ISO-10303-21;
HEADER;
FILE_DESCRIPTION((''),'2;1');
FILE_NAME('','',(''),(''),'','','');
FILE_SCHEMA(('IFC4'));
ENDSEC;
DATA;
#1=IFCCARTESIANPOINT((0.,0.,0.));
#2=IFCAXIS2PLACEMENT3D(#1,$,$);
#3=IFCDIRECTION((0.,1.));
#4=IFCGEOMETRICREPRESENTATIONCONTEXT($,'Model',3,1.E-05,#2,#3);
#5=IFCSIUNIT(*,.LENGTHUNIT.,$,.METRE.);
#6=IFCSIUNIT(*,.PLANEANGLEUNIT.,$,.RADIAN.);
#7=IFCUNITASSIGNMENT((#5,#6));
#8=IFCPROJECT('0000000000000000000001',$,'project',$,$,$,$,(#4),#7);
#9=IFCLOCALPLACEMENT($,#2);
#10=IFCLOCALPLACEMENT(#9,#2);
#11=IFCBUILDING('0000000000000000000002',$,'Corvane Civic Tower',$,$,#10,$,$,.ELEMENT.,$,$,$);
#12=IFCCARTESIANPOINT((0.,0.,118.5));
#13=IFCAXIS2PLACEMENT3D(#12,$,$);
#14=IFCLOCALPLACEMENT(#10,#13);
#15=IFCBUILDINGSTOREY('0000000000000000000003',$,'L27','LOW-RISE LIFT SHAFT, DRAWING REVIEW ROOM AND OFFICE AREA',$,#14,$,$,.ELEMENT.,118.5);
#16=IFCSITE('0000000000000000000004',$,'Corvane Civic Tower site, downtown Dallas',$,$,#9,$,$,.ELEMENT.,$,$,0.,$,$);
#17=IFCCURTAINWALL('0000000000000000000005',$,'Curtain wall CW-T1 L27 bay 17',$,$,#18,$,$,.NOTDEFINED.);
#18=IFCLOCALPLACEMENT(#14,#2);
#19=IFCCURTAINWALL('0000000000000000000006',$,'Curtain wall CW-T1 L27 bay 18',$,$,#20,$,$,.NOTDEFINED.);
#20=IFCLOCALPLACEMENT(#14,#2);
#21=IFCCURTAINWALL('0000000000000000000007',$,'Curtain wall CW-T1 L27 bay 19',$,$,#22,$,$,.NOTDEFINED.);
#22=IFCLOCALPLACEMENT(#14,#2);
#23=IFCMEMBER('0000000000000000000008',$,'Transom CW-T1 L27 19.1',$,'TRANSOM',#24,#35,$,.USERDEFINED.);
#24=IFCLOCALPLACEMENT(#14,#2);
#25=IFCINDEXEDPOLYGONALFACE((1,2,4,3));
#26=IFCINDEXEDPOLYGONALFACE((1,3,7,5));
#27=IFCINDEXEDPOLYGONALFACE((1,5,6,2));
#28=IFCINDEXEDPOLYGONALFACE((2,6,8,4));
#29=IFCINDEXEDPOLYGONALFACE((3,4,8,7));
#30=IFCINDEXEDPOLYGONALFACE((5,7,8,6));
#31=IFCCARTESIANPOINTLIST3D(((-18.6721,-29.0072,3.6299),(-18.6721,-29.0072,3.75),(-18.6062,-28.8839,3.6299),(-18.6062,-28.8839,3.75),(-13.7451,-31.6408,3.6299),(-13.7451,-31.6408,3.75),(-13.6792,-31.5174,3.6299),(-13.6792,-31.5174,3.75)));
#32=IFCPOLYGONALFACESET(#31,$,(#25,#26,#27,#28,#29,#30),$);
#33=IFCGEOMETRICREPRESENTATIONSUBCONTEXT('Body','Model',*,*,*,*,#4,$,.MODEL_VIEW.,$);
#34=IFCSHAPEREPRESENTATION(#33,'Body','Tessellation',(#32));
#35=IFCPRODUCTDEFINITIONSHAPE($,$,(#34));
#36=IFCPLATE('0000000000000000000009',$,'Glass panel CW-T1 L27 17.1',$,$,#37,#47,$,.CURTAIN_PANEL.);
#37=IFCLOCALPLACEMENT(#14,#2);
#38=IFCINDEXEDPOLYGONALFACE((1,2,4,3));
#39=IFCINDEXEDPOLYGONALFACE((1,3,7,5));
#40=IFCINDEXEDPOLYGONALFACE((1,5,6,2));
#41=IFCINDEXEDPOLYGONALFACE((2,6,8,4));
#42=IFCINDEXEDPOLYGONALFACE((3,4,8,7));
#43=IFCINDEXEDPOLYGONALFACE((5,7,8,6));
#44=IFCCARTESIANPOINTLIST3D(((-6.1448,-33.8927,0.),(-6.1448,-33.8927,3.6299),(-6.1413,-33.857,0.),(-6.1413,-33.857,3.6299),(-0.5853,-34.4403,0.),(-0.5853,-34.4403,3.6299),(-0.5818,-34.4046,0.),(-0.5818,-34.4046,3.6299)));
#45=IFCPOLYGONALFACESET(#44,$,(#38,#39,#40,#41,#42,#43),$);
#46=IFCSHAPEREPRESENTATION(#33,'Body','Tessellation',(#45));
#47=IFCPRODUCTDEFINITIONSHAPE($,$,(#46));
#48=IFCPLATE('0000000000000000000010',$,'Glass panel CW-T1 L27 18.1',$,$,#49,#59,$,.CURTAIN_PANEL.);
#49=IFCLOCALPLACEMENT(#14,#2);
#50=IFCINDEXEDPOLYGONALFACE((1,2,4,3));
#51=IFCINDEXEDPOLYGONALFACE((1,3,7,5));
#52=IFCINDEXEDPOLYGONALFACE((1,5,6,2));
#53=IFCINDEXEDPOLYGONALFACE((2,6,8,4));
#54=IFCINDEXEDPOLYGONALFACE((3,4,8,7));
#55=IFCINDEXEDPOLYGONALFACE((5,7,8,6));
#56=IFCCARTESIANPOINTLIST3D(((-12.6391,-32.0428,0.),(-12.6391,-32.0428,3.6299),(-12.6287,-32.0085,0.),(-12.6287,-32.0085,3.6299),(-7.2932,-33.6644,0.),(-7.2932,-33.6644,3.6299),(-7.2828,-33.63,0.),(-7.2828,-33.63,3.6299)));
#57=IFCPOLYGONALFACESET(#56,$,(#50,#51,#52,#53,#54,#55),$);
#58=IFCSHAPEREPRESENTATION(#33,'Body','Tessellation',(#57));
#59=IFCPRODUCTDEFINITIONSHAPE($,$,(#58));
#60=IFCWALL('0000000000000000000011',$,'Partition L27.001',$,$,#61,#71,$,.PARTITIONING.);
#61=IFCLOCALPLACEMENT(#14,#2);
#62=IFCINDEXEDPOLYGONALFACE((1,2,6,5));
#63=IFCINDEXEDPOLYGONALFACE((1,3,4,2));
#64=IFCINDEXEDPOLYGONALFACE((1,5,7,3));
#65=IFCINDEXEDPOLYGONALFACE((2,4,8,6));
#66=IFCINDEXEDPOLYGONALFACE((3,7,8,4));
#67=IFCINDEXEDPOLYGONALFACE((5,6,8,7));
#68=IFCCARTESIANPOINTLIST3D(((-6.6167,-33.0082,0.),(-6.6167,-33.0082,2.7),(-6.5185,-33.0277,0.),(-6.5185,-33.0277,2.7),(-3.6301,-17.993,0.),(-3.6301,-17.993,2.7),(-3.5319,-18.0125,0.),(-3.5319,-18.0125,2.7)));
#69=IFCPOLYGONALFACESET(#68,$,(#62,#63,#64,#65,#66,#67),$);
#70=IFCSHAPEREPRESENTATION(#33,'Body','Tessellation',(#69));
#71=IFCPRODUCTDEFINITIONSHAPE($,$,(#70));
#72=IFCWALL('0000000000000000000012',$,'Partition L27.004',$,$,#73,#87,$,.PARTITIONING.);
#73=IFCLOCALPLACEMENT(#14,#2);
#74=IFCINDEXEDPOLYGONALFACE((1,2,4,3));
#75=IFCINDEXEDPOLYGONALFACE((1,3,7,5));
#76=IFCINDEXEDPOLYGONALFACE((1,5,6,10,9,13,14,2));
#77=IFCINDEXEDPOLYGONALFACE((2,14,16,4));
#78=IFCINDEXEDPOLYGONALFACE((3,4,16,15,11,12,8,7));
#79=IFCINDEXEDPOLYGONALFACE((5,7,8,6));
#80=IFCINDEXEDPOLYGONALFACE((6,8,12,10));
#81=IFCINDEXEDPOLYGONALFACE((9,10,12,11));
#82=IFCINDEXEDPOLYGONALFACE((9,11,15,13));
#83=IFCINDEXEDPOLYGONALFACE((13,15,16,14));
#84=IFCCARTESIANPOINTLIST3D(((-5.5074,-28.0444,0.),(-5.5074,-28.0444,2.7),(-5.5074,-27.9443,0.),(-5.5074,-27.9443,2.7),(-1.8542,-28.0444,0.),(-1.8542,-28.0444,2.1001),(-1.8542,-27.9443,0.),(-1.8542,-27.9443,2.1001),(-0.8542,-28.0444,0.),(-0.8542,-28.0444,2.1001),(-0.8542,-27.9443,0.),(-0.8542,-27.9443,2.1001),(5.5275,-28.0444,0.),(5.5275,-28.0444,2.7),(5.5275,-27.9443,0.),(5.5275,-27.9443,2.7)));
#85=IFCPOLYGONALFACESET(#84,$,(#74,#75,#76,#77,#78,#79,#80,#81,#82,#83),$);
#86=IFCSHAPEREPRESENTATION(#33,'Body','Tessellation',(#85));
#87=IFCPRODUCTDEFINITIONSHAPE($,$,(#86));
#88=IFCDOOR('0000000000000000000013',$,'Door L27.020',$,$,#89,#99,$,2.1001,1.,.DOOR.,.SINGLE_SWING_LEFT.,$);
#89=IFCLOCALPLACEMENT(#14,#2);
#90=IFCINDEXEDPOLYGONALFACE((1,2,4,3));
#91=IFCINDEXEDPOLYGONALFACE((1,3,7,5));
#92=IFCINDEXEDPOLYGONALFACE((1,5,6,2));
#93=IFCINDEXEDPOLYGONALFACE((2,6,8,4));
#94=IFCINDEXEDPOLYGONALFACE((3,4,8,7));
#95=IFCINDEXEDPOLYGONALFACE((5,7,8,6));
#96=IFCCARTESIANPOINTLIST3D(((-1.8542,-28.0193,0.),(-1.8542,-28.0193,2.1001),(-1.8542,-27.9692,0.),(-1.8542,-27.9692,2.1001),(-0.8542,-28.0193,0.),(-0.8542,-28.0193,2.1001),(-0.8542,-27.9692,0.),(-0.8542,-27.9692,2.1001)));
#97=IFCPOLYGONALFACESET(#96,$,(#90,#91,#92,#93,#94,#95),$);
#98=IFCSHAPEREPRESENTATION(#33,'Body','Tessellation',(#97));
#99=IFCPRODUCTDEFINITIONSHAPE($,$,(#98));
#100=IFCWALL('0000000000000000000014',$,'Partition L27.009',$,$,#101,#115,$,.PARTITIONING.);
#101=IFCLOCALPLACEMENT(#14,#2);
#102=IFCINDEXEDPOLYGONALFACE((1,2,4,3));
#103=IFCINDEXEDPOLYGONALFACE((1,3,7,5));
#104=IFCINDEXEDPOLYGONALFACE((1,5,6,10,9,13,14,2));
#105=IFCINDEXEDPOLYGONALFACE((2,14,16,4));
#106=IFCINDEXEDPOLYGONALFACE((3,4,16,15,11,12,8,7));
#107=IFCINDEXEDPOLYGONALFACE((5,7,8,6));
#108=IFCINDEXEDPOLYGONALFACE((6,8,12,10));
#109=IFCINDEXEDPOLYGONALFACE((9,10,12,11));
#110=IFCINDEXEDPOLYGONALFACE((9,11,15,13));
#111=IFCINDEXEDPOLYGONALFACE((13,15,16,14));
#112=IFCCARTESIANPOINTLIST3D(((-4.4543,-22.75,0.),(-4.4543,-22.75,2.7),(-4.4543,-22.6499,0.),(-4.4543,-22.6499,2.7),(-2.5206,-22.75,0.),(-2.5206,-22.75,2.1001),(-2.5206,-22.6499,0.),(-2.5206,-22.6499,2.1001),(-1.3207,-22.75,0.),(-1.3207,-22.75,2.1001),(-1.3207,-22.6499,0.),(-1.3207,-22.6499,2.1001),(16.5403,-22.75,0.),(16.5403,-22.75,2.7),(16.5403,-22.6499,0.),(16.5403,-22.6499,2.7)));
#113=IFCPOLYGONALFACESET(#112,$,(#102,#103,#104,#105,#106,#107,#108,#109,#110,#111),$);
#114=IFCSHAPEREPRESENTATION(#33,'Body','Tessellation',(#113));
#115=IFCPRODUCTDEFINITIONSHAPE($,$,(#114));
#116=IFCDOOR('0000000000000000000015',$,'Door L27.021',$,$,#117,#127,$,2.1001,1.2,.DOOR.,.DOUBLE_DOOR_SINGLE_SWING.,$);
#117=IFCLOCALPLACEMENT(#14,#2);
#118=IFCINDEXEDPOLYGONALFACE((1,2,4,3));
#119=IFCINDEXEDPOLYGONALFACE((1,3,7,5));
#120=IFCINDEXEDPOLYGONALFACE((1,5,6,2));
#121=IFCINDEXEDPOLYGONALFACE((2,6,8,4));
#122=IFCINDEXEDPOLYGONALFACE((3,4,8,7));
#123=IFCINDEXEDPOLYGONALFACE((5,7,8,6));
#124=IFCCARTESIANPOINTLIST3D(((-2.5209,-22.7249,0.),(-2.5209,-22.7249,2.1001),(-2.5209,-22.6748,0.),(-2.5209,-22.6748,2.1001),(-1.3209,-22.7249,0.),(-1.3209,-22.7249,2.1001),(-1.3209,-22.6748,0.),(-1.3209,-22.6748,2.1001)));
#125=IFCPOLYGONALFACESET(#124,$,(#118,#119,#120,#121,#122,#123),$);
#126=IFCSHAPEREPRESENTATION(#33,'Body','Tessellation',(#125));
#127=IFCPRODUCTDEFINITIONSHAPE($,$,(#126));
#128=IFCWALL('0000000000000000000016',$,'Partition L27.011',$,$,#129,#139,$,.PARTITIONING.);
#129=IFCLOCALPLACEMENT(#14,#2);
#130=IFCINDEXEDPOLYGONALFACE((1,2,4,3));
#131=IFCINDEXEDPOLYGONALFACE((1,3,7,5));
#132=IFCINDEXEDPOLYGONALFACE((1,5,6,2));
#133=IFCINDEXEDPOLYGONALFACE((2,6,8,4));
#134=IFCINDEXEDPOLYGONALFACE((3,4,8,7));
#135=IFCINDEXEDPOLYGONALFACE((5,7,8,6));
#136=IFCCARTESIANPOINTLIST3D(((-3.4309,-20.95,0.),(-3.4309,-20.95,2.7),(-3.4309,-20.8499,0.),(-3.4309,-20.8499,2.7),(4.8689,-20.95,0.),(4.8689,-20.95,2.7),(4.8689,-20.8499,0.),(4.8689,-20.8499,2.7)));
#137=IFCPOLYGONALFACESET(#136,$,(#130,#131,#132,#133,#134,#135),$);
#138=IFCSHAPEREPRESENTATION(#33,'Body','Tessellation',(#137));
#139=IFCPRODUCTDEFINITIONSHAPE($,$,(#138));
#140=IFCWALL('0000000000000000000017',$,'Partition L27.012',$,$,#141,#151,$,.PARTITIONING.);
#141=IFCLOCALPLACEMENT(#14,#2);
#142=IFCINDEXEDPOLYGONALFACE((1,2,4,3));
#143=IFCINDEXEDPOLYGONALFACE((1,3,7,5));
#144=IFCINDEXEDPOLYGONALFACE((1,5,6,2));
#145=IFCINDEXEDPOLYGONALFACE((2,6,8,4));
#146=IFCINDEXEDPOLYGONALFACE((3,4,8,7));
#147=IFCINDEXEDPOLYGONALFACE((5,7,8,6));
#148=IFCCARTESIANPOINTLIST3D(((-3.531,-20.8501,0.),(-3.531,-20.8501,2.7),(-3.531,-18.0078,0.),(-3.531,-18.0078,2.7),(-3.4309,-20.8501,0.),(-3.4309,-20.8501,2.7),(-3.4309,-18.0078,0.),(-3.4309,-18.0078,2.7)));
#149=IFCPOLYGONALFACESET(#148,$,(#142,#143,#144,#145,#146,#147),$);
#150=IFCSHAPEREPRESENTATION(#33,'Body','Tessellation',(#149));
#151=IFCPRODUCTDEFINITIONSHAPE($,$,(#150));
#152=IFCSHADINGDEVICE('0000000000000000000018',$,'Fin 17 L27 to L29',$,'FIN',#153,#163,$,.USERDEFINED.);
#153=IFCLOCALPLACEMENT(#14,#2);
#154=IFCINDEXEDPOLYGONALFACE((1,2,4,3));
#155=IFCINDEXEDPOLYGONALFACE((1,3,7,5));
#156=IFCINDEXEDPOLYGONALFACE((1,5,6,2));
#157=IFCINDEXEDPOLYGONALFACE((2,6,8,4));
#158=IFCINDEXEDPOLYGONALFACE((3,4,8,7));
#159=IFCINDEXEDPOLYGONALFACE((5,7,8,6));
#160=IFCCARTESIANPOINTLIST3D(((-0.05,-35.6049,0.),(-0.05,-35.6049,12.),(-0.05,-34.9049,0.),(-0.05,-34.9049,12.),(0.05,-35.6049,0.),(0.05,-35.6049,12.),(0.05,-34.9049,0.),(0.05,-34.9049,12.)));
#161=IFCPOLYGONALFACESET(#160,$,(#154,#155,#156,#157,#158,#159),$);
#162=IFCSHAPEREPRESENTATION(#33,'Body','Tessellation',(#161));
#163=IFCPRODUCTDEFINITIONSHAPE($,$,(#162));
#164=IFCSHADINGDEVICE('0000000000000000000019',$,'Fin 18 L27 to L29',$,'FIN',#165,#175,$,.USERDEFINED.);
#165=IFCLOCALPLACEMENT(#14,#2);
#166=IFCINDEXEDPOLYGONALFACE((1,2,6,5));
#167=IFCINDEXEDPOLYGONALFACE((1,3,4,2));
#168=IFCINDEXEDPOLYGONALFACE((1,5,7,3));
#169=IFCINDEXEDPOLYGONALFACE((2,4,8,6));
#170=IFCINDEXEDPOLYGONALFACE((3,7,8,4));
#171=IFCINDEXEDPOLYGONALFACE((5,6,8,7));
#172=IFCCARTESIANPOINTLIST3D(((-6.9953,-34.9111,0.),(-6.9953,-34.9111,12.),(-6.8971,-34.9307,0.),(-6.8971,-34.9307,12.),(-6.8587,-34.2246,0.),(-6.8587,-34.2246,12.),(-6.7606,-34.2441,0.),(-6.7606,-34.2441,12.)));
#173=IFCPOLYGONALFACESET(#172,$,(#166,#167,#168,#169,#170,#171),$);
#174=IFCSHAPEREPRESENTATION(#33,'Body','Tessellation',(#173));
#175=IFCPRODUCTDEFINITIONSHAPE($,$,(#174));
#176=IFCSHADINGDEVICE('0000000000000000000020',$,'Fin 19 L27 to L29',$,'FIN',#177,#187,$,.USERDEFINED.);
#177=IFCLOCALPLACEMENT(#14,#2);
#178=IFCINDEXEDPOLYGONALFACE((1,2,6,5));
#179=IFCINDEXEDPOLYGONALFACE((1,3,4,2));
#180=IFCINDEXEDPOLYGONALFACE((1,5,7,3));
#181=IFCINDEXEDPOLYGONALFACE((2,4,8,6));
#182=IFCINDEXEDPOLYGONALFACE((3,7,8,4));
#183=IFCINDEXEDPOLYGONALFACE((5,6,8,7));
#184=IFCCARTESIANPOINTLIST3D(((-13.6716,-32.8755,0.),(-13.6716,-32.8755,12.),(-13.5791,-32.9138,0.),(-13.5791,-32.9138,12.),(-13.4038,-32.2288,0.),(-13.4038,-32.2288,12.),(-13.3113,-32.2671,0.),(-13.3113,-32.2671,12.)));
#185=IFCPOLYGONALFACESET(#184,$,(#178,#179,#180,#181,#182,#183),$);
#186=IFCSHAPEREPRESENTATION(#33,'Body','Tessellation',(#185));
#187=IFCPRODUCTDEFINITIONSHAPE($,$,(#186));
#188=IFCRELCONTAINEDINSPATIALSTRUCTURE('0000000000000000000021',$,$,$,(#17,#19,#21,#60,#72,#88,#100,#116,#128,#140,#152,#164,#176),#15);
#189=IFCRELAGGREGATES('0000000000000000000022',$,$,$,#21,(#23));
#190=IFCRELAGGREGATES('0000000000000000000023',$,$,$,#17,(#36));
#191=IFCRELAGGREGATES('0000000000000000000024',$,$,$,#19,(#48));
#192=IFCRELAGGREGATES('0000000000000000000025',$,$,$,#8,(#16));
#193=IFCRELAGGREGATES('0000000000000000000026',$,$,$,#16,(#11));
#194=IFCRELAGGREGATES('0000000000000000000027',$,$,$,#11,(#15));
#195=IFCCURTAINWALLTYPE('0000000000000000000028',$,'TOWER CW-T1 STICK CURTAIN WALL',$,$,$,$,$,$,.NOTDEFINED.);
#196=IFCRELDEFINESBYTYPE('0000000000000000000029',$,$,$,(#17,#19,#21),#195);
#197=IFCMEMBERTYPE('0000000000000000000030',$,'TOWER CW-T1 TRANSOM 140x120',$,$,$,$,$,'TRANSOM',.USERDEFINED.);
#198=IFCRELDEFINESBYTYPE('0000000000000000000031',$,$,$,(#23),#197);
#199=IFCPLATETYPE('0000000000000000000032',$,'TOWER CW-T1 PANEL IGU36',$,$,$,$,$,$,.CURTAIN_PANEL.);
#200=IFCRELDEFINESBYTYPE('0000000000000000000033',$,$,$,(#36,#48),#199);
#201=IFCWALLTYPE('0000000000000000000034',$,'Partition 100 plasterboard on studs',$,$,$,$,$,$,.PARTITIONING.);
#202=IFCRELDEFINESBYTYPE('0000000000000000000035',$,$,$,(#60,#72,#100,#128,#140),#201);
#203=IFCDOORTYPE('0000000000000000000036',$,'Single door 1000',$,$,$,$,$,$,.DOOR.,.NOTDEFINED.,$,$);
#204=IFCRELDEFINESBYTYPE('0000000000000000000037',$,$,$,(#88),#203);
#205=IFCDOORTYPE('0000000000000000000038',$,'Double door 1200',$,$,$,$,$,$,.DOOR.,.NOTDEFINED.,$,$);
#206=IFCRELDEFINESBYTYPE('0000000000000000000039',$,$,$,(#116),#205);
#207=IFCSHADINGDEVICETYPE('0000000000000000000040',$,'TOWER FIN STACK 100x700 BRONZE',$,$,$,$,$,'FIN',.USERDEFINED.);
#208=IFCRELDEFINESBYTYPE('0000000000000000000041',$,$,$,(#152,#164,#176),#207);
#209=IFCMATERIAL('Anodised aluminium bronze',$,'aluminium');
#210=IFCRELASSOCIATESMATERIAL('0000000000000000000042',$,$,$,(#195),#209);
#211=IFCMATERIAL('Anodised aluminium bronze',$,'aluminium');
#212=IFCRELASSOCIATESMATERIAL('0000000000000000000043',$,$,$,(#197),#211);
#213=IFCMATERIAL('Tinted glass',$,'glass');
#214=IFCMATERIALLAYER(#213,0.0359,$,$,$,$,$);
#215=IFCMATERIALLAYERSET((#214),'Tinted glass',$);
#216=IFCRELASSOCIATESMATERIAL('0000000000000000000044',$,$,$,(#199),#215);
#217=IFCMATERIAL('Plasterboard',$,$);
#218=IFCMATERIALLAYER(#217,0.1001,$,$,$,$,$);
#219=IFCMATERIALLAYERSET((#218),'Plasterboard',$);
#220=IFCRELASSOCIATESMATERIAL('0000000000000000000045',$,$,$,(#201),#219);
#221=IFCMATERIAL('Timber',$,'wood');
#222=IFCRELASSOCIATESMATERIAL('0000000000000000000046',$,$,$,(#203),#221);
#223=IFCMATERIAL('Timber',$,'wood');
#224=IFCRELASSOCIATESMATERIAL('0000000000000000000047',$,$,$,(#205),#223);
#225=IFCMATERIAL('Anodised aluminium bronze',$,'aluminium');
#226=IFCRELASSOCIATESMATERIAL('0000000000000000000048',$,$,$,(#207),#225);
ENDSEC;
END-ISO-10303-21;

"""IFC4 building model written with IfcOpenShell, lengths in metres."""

from ifc_helpers import new_model, si_unit, direction, frame, frame_2d, origin, origin_2d, place, context, subcontext, project, spatial, rectangle, extrude, material, layer, layer_set, material_profile, profile_set, type_object, element, fill, aggregate, save


model = new_model("IFC4")

# Units and contexts
model_context = context("Model", 3, precision=1e-05, world=origin(), true_north=direction((0.0, 1.0)))
body_context = subcontext(model_context, "Body", "Model", "MODEL_VIEW")
ifc_project = project(units=[si_unit("LENGTHUNIT", "METRE"), si_unit("PLANEANGLEUNIT", "RADIAN")], contexts=[model_context])

# Site, building, storey
site_placement = place(None, origin())
site = spatial("IfcSite", under=ifc_project, at=site_placement, Name="Corvane Civic Tower site, downtown Dallas", CompositionType="ELEMENT", RefElevation=0.0)
building_placement = place(site_placement, origin())
building = spatial("IfcBuilding", under=site, at=building_placement, Name="Corvane Civic Tower", CompositionType="ELEMENT")
storey_placement = place(building_placement, frame((0.0, 0.0, 118.5)))
storey = spatial("IfcBuildingStorey", under=building, at=storey_placement, Name="L27", Description="LOW-RISE LIFT SHAFT, DRAWING REVIEW ROOM AND OFFICE AREA", CompositionType="ELEMENT", Elevation=118.5)

# Curtain walls, member
ifc_material_1 = material(Name="Anodised aluminium bronze", Category="aluminium")
curtain_wall_type = type_object("IfcCurtainWallType", Name="TOWER CW-T1 STICK CURTAIN WALL", PredefinedType="NOTDEFINED", material=ifc_material_1)
curtain_wall_1_placement = place(storey_placement, origin())
curtain_wall_1 = element("IfcCurtainWall", 1, at=curtain_wall_1_placement, inside=storey, type_object=curtain_wall_type, Name="Curtain wall CW-T1 L27 bay 17", PredefinedType="NOTDEFINED")
ifc_material_2 = material(Name="Anodised aluminium bronze", Category="aluminium")
ifc_material_profile_1 = material_profile(ifc_material_2, rectangle(XDim=0.1399, YDim=0.1201, at=origin_2d()), Name="TOWER CW-T1 TRANSOM 140x120")
ifc_profile_set_1 = profile_set([ifc_material_profile_1], Name="Anodised aluminium bronze")
member_type = type_object("IfcMemberType", Name="TOWER CW-T1 TRANSOM 140x120", ElementType="TRANSOM", PredefinedType="USERDEFINED", material=ifc_profile_set_1)
curtain_wall_2_placement = place(storey_placement, origin())
curtain_wall_2 = element("IfcCurtainWall", 2, at=curtain_wall_2_placement, inside=storey, type_object=curtain_wall_type, Name="Curtain wall CW-T1 L27 bay 18", PredefinedType="NOTDEFINED")
curtain_wall_3_placement = place(storey_placement, origin())
curtain_wall_3 = element("IfcCurtainWall", 3, at=curtain_wall_3_placement, inside=storey, type_object=curtain_wall_type, Name="Curtain wall CW-T1 L27 bay 19", PredefinedType="NOTDEFINED")
member_1_placement = place(storey_placement, frame((-13.7122, -31.5791, 3.6899), z_axis=(-0.881921, 0.471398, 0.0), x_axis=(-0.471398, -0.881921, 0.0)))
member_1 = element("IfcMember", 4, at=member_1_placement, type_object=member_type, Name="Transom CW-T1 L27 19.1", ObjectType="TRANSOM", PredefinedType="USERDEFINED", context=body_context, shape_type="SweptSolid", body=[
    extrude(rectangle(XDim=0.1399, YDim=0.1201, at=origin_2d()), origin(), (0.0, 0.0, 1.0), 5.5867),
])
aggregate(curtain_wall_3, [member_1])

# Plates
ifc_material_3 = material(Name="Tinted glass", Category="glass")
ifc_layer_1 = layer(ifc_material_3, 0.0359)
ifc_layer_set_1 = layer_set([ifc_layer_1], Name="Tinted glass")
plate_type = type_object("IfcPlateType", Name="TOWER CW-T1 PANEL IGU36", PredefinedType="CURTAIN_PANEL", material=ifc_layer_set_1)
plate_1_placement = place(storey_placement, frame((-3.3633, -34.1487, 0.0), z_axis=(0.0, 0.0, 1.0), x_axis=(-0.995184, 0.098027, 0.0)))
plate_1 = element("IfcPlate", 5, at=plate_1_placement, type_object=plate_type, Name="Glass panel CW-T1 L27 17.1", PredefinedType="CURTAIN_PANEL", context=body_context, shape_type="SweptSolid", body=[
    extrude(rectangle(XDim=5.5864, YDim=0.0359, at=origin_2d()), origin(), (0.0, 0.0, 1.0), 3.6299),
])
aggregate(curtain_wall_1, [plate_1])
plate_2_placement = place(storey_placement, frame((-9.9609, -32.8364, 0.0), z_axis=(0.0, 0.0, 1.0), x_axis=(-0.956946, 0.290266, 0.0)))
plate_2 = element("IfcPlate", 6, at=plate_2_placement, type_object=plate_type, Name="Glass panel CW-T1 L27 18.1", PredefinedType="CURTAIN_PANEL", context=body_context, shape_type="SweptSolid", body=[
    extrude(rectangle(XDim=5.5864, YDim=0.0359, at=origin_2d()), origin(), (0.0, 0.0, 1.0), 3.6299),
])
aggregate(curtain_wall_2, [plate_2])

# Wall
ifc_material_4 = material(Name="Plasterboard")
ifc_layer_2 = layer(ifc_material_4, 0.1001)
ifc_layer_set_2 = layer_set([ifc_layer_2], Name="Plasterboard")
wall_type = type_object("IfcWallType", Name="Partition 100 plasterboard on studs", PredefinedType="PARTITIONING", material=ifc_layer_set_2)
wall_1_placement = place(storey_placement, frame((-6.5676, -33.0181, 0.0), z_axis=(0.0, 0.0, 1.0), x_axis=(0.195083, 0.980787, 0.0)))
element("IfcWall", 7, at=wall_1_placement, inside=storey, type_object=wall_type, Name="Partition L27.001", PredefinedType="PARTITIONING", context=body_context, shape_type="SweptSolid", body=[
    extrude(rectangle(XDim=15.3093, YDim=0.1001, at=frame_2d((7.6548, 0.0))), origin(), (0.0, 0.0, 1.0), 2.7),
])

# Walls, openings, doors
wall_2_placement = place(storey_placement, frame((-5.5076, -27.9944, 0.0), z_axis=(0.0, 0.0, 1.0), x_axis=(1.0, 0.0, 0.0)))
wall_2 = element("IfcWall", 8, at=wall_2_placement, inside=storey, type_object=wall_type, Name="Partition L27.004", PredefinedType="PARTITIONING", context=body_context, shape_type="SweptSolid", body=[
    extrude(rectangle(XDim=11.0349, YDim=0.1001, at=frame_2d((5.5176, 0.0))), origin(), (0.0, 0.0, 1.0), 2.7),
])
opening_1_placement = place(wall_2_placement, frame((3.6533, 0.0, 0.0)))
opening_1 = element("IfcOpeningElement", 9, at=opening_1_placement, cuts=wall_2, PredefinedType="OPENING", context=body_context, shape_type="SweptSolid", body=[
    extrude(rectangle(XDim=1.0, YDim=2.1001, at=frame_2d((0.5, 1.05))), frame((0.0, 0.0601, 0.0), z_axis=(0.0, -1.0, 0.0), x_axis=(1.0, 0.0, 0.0)), (0.0, 0.0, 1.0), 0.1201),
])
ifc_material_5 = material(Name="Timber", Category="wood")
door_type_1 = type_object("IfcDoorType", Name="Single door 1000", OperationType="NOTDEFINED", PredefinedType="DOOR", material=ifc_material_5)
door_1_placement = place(opening_1_placement, frame((1.0, 0.0, 0.0), z_axis=(0.0, 0.0, 1.0), x_axis=(-1.0, 0.0, 0.0)))
door_1 = element("IfcDoor", 10, at=door_1_placement, inside=storey, type_object=door_type_1, Name="Door L27.020", OperationType="SINGLE_SWING_LEFT", OverallHeight=2.1001, OverallWidth=1.0, PredefinedType="DOOR", context=body_context, shape_type="SweptSolid", body=[
    extrude(rectangle(XDim=1.0, YDim=2.1001, at=frame_2d((0.5, 1.05))), frame((0.0, 0.0249, 0.0), z_axis=(0.0, -1.0, 0.0), x_axis=(1.0, 0.0, 0.0)), (0.0, 0.0, 1.0), 0.05),
])
fill(opening_1, door_1)
wall_3_placement = place(storey_placement, frame((-4.4543, -22.7, 0.0), z_axis=(0.0, 0.0, 1.0), x_axis=(1.0, 0.0, 0.0)))
wall_3 = element("IfcWall", 11, at=wall_3_placement, inside=storey, type_object=wall_type, Name="Partition L27.009", PredefinedType="PARTITIONING", context=body_context, shape_type="SweptSolid", body=[
    extrude(rectangle(XDim=20.9946, YDim=0.1001, at=frame_2d((10.4973, 0.0))), origin(), (0.0, 0.0, 1.0), 2.7),
])
opening_2_placement = place(wall_3_placement, frame((1.9336, 0.0, 0.0)))
opening_2 = element("IfcOpeningElement", 12, at=opening_2_placement, cuts=wall_3, PredefinedType="OPENING", context=body_context, shape_type="SweptSolid", body=[
    extrude(rectangle(XDim=1.2, YDim=2.1001, at=frame_2d((0.6001, 1.05))), frame((0.0, 0.0601, 0.0), z_axis=(0.0, -1.0, 0.0), x_axis=(1.0, 0.0, 0.0)), (0.0, 0.0, 1.0), 0.1201),
])
ifc_material_6 = material(Name="Timber", Category="wood")
door_type_2 = type_object("IfcDoorType", Name="Double door 1200", OperationType="NOTDEFINED", PredefinedType="DOOR", material=ifc_material_6)
door_2_placement = place(opening_2_placement, frame((1.2, 0.0, 0.0), z_axis=(0.0, 0.0, 1.0), x_axis=(-1.0, 0.0, 0.0)))
door_2 = element("IfcDoor", 13, at=door_2_placement, inside=storey, type_object=door_type_2, Name="Door L27.021", OperationType="DOUBLE_DOOR_SINGLE_SWING", OverallHeight=2.1001, OverallWidth=1.2, PredefinedType="DOOR", context=body_context, shape_type="SweptSolid", body=[
    extrude(rectangle(XDim=1.2, YDim=2.1001, at=frame_2d((0.6001, 1.05))), frame((0.0, 0.0249, 0.0), z_axis=(0.0, -1.0, 0.0), x_axis=(1.0, 0.0, 0.0)), (0.0, 0.0, 1.0), 0.05),
])
fill(opening_2, door_2)

# Walls
wall_4_placement = place(storey_placement, frame((-3.4309, -20.8999, 0.0), z_axis=(0.0, 0.0, 1.0), x_axis=(1.0, 0.0, 0.0)))
element("IfcWall", 14, at=wall_4_placement, inside=storey, type_object=wall_type, Name="Partition L27.011", PredefinedType="PARTITIONING", context=body_context, shape_type="SweptSolid", body=[
    extrude(rectangle(XDim=8.2998, YDim=0.1001, at=frame_2d((4.1499, 0.0))), origin(), (0.0, 0.0, 1.0), 2.7),
])
wall_5_placement = place(storey_placement, frame((-3.481, -20.8501, 0.0), z_axis=(0.0, 0.0, 1.0), x_axis=(0.0, 1.0, 0.0)))
element("IfcWall", 15, at=wall_5_placement, inside=storey, type_object=wall_type, Name="Partition L27.012", PredefinedType="PARTITIONING", context=body_context, shape_type="SweptSolid", body=[
    extrude(rectangle(XDim=2.8423, YDim=0.1001, at=frame_2d((1.4211, 0.0))), origin(), (0.0, 0.0, 1.0), 2.7),
])

# Shading devices
ifc_material_7 = material(Name="Anodised aluminium bronze", Category="aluminium")
ifc_material_profile_2 = material_profile(ifc_material_7, rectangle(XDim=0.1001, YDim=0.7, at=origin_2d()), Name="TOWER FIN STACK 100x700 BRONZE")
ifc_profile_set_2 = profile_set([ifc_material_profile_2], Name="Anodised aluminium bronze")
shading_device_type = type_object("IfcShadingDeviceType", Name="TOWER FIN STACK 100x700 BRONZE", ElementType="FIN", PredefinedType="USERDEFINED", material=ifc_profile_set_2)
for number, where, z_axis, x_axis, name in (
    (16, (0.0, -35.2549, 0.0), (0.0, 0.0, 1.0), (-1.0, 0.0, 0.0), "Fin 17 L27 to L29"),
    (17, (-6.8779, -34.5776, 0.0), (0.0, 0.0, 1.0), (-0.980785, 0.19509, 0.0), "Fin 18 L27 to L29"),
    (18, (-13.4915, -32.5713, 0.0), (0.0, 0.0, 1.0), (-0.92388, 0.382683, 0.0), "Fin 19 L27 to L29"),
):
    element("IfcShadingDevice", number, at=place(storey_placement, frame(where, z_axis=z_axis, x_axis=x_axis)), inside=storey, type_object=shading_device_type, Name=name, ObjectType="FIN", PredefinedType="USERDEFINED", context=body_context, shape_type="SweptSolid", body=[
        extrude(rectangle(XDim=0.1001, YDim=0.7, at=origin_2d()), origin(), (0.0, 0.0, 1.0), 12.0),
    ])

save(model, "model.ifc")
